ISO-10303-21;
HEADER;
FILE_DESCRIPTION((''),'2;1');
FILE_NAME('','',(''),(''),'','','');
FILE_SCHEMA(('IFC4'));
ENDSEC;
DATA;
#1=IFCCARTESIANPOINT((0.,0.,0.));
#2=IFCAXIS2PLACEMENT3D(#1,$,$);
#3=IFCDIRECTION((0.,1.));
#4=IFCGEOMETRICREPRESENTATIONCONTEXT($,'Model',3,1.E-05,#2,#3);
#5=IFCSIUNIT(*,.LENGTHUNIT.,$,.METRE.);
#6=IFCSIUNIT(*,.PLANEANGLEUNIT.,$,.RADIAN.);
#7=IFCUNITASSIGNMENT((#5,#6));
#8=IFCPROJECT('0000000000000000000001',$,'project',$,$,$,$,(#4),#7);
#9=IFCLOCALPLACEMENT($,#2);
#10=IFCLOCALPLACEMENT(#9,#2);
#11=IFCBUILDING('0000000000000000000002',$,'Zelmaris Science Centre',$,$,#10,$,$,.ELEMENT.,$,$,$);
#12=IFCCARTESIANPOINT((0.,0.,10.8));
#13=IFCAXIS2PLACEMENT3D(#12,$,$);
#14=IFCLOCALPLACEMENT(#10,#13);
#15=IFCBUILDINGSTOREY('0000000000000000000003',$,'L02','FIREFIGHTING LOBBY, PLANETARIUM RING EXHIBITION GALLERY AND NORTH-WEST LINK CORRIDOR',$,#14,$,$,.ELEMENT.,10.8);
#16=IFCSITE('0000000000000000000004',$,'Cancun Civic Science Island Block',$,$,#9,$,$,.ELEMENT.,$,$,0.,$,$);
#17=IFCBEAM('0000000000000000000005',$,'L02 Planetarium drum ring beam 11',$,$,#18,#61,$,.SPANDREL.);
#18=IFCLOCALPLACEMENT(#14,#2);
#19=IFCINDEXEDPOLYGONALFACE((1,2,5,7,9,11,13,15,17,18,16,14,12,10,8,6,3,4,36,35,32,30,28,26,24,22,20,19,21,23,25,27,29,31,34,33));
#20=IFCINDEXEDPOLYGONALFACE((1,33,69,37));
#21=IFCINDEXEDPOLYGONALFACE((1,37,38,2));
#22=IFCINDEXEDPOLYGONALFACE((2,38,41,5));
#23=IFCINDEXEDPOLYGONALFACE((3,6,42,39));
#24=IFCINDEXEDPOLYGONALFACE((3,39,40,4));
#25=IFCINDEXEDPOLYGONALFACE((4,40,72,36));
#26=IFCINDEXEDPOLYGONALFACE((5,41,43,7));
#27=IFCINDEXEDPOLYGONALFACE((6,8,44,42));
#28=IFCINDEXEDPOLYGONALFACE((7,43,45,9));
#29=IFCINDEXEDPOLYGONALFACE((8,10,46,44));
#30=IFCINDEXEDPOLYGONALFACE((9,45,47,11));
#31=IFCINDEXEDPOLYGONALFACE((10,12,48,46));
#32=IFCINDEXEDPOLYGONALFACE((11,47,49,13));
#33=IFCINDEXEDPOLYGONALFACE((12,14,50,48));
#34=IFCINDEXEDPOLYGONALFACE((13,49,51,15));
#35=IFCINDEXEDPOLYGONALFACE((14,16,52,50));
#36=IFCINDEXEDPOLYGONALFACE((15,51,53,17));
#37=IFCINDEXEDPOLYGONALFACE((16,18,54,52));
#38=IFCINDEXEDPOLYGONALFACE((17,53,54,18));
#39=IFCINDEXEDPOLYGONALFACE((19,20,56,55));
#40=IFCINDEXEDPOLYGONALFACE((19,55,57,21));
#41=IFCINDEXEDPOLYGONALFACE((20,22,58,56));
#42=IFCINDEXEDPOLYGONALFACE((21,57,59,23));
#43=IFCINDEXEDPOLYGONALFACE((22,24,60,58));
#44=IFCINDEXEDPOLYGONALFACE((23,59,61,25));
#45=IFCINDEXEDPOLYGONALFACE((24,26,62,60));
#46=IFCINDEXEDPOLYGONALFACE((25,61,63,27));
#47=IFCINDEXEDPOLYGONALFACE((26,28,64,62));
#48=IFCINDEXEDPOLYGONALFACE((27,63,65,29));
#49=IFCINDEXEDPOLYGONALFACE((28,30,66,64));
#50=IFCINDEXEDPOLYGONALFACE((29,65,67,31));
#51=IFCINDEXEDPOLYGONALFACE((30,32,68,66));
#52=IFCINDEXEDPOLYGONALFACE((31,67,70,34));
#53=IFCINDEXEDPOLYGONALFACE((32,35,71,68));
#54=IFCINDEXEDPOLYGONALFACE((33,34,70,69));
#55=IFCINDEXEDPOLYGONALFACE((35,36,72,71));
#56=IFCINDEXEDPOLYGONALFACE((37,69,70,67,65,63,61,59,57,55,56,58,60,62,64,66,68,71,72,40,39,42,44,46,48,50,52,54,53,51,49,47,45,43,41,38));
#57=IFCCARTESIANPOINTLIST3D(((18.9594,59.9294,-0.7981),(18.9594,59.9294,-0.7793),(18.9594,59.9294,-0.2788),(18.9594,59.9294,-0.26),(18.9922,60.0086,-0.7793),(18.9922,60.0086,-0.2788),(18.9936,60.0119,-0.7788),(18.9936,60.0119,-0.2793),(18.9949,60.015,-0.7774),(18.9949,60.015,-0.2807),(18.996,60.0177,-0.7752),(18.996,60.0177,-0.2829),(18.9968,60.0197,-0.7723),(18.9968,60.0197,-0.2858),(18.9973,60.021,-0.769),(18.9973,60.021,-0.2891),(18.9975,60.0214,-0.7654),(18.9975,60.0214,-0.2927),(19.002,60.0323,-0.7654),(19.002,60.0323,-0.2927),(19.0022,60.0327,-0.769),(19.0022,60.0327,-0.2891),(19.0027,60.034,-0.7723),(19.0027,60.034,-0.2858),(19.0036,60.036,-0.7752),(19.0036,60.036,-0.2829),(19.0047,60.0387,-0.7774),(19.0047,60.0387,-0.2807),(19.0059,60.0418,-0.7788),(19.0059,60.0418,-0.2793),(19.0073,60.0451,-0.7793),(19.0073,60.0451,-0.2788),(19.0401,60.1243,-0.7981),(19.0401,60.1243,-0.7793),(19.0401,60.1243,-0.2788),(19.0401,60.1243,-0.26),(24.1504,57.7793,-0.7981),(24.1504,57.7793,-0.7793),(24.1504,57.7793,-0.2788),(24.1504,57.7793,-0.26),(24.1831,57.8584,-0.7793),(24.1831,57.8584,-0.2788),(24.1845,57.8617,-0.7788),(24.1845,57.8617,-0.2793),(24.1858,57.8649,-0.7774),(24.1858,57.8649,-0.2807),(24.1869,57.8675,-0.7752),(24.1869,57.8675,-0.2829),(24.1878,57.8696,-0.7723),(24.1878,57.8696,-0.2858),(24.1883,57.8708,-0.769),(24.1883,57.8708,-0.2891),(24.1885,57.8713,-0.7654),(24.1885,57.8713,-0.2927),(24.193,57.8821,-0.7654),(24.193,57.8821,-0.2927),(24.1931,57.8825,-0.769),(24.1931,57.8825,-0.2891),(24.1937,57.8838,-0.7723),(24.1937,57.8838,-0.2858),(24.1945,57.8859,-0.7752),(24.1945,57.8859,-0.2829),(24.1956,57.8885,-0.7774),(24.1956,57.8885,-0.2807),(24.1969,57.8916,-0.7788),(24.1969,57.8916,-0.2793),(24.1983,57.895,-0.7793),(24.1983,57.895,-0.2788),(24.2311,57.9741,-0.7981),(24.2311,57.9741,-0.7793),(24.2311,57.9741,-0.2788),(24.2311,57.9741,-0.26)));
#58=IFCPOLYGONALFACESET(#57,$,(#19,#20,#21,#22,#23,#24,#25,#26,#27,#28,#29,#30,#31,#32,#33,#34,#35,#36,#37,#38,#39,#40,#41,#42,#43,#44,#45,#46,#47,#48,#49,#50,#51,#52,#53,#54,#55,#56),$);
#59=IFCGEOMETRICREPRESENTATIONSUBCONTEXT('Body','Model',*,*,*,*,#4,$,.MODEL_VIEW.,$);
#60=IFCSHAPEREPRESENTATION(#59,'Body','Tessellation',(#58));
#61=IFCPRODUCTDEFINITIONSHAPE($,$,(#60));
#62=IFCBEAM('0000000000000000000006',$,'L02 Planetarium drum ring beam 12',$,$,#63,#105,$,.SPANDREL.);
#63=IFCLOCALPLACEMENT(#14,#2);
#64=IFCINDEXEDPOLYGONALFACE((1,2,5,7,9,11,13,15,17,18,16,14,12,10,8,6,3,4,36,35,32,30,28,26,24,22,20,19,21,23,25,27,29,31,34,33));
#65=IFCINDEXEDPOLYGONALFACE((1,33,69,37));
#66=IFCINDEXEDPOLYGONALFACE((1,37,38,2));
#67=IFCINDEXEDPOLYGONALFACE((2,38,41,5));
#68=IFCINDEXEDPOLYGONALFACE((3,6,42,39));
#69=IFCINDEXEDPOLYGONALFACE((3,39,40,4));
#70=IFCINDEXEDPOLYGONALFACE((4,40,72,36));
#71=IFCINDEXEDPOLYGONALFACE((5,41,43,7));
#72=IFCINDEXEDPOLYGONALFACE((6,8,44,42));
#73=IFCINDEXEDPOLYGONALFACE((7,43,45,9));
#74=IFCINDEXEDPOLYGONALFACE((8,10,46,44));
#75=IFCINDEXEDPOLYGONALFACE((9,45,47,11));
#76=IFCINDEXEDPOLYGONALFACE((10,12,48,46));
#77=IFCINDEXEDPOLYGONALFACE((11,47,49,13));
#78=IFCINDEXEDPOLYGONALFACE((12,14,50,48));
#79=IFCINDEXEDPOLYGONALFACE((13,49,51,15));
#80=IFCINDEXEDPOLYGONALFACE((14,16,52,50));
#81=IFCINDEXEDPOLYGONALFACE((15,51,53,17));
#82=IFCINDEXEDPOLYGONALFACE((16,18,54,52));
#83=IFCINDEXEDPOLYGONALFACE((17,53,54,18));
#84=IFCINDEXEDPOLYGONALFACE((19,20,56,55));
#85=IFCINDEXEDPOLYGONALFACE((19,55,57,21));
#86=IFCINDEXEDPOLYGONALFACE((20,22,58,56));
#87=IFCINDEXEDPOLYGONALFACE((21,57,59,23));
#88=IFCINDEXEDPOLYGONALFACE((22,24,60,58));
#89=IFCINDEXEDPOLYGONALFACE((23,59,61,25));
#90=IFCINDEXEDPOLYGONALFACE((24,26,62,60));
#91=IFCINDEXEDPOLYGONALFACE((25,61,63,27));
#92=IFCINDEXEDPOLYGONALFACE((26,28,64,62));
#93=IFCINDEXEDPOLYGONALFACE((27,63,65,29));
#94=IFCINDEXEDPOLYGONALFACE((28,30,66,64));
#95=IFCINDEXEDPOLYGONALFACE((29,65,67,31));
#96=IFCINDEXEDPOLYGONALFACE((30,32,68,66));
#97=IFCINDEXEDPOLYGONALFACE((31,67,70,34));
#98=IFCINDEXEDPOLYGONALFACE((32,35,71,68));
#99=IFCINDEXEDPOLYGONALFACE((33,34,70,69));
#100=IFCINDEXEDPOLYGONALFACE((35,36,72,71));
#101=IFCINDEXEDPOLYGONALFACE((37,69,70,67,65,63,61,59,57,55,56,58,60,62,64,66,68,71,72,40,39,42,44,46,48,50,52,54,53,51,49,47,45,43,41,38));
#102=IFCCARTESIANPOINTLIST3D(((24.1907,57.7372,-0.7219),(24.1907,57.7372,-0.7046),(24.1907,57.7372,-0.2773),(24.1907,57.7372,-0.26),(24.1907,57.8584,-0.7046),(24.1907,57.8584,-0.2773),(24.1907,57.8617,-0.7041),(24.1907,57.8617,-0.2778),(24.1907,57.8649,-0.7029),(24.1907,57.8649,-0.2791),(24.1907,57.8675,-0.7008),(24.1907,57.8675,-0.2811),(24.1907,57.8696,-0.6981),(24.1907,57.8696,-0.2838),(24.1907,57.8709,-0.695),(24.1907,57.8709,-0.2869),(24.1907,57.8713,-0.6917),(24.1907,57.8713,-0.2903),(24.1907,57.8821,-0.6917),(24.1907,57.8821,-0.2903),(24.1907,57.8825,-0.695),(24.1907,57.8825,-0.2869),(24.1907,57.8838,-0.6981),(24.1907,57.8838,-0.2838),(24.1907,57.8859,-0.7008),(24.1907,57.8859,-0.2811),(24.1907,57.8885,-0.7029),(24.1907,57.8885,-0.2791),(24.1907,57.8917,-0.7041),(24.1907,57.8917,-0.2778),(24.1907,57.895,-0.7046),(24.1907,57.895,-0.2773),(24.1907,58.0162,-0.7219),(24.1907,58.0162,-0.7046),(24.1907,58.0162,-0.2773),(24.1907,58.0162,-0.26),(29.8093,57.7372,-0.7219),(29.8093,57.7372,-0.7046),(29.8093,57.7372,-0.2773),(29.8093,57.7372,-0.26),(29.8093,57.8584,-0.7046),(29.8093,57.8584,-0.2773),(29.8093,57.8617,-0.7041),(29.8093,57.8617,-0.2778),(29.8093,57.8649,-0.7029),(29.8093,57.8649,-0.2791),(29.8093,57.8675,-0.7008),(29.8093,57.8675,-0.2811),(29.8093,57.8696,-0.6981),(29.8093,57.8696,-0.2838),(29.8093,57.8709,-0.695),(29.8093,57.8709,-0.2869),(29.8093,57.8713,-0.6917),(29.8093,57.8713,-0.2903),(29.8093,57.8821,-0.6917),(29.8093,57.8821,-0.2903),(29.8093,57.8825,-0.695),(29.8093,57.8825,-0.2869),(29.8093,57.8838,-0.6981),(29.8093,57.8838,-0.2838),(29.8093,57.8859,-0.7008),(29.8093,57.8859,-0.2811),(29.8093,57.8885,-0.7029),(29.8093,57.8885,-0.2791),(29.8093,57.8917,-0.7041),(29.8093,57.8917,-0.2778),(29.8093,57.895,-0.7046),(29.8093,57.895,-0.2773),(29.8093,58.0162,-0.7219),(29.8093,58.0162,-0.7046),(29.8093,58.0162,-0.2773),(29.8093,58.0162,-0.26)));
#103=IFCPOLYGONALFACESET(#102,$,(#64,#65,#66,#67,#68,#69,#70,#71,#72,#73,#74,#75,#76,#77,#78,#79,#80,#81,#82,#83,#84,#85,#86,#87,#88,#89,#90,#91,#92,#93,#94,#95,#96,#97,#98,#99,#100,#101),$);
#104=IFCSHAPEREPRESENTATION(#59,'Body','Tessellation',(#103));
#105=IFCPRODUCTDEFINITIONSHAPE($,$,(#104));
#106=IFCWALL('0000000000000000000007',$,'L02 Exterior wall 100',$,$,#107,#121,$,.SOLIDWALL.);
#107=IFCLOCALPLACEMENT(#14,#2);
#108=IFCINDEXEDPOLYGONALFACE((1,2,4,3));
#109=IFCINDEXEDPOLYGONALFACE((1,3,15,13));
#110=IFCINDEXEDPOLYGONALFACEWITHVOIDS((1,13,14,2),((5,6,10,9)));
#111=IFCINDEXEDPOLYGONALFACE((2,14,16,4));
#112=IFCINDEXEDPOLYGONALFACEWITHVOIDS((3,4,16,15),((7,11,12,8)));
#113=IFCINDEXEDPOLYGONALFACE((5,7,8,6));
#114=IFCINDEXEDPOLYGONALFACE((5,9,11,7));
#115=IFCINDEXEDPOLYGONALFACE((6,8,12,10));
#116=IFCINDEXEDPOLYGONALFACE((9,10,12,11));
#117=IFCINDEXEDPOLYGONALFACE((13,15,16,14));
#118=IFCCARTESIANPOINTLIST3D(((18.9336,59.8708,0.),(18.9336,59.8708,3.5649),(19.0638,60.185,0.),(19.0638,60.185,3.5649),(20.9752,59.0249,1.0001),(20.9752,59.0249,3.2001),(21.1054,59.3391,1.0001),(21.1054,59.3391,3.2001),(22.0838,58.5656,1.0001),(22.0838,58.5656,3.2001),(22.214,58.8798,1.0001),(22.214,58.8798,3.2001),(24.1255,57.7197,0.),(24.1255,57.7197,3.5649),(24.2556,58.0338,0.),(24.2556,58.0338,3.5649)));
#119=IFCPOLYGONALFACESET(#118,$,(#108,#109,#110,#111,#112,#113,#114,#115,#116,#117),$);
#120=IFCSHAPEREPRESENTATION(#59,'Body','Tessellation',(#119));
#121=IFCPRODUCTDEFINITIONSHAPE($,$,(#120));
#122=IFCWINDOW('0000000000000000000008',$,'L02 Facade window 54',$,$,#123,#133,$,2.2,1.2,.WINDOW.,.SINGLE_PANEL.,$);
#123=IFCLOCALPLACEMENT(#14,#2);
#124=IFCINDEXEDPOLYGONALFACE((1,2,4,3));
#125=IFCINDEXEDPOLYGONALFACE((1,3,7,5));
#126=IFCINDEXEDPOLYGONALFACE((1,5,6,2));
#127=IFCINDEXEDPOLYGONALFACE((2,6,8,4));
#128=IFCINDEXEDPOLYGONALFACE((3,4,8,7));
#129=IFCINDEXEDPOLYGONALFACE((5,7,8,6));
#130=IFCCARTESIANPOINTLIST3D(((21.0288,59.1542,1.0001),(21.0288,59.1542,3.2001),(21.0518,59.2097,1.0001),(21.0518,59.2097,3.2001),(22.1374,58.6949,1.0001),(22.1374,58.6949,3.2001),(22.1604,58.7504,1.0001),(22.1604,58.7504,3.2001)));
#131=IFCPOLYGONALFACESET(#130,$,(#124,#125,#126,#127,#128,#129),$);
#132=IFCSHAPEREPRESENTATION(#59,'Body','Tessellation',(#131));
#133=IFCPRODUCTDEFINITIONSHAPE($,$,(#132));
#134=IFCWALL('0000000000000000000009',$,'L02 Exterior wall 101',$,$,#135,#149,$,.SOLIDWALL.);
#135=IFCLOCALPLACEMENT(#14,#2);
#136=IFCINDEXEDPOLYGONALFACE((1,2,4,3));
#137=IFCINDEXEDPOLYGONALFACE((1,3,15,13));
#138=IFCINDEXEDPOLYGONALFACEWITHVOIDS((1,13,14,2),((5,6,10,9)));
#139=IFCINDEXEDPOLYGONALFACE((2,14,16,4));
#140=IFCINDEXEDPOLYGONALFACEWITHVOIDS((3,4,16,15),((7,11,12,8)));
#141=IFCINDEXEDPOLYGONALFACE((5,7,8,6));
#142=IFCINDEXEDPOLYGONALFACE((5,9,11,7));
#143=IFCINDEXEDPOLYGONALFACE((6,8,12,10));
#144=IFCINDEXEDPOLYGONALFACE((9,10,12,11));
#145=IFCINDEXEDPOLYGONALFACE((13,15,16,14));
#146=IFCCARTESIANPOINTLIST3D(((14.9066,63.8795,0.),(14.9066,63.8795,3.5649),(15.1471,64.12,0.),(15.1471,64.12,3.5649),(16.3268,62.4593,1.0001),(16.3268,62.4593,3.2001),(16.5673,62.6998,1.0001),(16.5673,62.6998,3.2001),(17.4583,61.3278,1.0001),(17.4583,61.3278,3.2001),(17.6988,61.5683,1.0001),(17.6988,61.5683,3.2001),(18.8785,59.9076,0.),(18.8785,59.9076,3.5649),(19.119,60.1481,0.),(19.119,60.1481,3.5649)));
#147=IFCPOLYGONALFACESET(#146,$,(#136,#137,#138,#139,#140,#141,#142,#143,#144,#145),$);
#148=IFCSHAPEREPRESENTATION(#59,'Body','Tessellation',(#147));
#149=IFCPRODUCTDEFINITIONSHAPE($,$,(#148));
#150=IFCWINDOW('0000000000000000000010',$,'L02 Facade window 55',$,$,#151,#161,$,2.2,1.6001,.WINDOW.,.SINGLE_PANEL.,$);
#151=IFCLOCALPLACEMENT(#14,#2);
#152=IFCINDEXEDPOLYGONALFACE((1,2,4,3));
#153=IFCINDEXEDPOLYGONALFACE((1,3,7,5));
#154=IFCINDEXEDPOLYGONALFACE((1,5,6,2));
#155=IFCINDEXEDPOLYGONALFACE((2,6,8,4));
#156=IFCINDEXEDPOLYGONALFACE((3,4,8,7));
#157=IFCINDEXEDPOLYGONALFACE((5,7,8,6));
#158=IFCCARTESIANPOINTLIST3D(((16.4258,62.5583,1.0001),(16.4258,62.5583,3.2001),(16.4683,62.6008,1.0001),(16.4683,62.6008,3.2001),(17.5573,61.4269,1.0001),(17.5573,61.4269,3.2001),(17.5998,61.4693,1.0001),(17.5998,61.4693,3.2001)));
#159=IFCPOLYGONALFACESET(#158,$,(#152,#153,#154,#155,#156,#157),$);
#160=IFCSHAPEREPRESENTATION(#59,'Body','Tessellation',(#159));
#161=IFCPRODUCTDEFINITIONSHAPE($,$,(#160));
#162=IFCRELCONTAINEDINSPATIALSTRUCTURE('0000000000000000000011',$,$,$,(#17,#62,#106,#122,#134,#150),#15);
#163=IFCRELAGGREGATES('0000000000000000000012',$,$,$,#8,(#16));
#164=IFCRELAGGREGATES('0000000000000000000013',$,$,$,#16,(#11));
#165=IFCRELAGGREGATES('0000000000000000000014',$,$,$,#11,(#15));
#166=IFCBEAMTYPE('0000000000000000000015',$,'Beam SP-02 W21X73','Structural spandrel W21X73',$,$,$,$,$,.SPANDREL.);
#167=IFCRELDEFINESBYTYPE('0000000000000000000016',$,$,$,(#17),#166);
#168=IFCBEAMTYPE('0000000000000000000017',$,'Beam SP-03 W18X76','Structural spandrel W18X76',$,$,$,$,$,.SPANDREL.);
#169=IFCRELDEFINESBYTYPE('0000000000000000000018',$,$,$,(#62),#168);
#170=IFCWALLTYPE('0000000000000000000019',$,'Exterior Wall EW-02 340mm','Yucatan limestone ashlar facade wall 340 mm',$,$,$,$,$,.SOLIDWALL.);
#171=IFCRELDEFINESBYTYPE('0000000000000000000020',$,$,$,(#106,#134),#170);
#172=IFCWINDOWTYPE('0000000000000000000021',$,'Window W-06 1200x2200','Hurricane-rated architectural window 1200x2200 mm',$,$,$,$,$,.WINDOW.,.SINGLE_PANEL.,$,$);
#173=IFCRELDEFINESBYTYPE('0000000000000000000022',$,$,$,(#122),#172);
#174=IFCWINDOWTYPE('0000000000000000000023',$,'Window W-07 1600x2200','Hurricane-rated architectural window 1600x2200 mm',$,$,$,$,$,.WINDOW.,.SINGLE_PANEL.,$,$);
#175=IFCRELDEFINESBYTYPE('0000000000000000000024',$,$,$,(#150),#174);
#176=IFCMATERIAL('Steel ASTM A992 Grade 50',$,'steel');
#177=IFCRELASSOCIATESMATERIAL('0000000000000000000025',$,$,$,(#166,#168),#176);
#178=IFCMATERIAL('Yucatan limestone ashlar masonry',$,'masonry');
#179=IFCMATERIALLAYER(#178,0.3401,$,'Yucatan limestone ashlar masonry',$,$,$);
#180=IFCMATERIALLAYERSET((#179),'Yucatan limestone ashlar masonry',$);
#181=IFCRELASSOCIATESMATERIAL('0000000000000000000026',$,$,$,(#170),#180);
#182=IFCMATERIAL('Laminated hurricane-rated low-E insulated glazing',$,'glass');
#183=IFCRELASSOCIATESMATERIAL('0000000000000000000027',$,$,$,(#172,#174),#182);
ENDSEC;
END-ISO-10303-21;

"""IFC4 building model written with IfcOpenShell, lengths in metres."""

from ifc_helpers import new_model, si_unit, direction, frame, frame_2d, origin, origin_2d, place, context, subcontext, project, spatial, rectangle, i_section, extrude, material, layer, layer_set, material_profile, profile_set, type_object, element, fill, save


model = new_model("IFC4")

# Units and contexts
model_context = context("Model", 3, precision=1e-05, world=origin(), true_north=direction((0.0, 1.0)))
body_context = subcontext(model_context, "Body", "Model", "MODEL_VIEW")
ifc_project = project(units=[si_unit("LENGTHUNIT", "METRE"), si_unit("PLANEANGLEUNIT", "RADIAN")], contexts=[model_context])

# Site, building, storey
site_placement = place(None, origin())
site = spatial("IfcSite", under=ifc_project, at=site_placement, Name="Cancun Civic Science Island Block", CompositionType="ELEMENT", RefElevation=0.0)
building_placement = place(site_placement, origin())
building = spatial("IfcBuilding", under=site, at=building_placement, Name="Zelmaris Science Centre", CompositionType="ELEMENT")
storey_placement = place(building_placement, frame((0.0, 0.0, 10.8)))
storey = spatial("IfcBuildingStorey", under=building, at=storey_placement, Name="L02", Description="FIREFIGHTING LOBBY, PLANETARIUM RING EXHIBITION GALLERY AND NORTH-WEST LINK CORRIDOR", CompositionType="ELEMENT", Elevation=10.8)

# Beams
ifc_material_1 = material(Name="Steel ASTM A992 Grade 50", Category="steel")
ifc_material_profile_1 = material_profile(ifc_material_1, i_section(OverallWidth=0.2109, OverallDepth=0.5381, WebThickness=0.0117, FlangeThickness=0.0188, FilletRadius=0.0139, at=origin_2d()), Name="W21X73")
ifc_profile_set_1 = profile_set([ifc_material_profile_1], Name="Steel ASTM A992 Grade 50")
beam_type_1 = type_object("IfcBeamType", Name="Beam SP-02 W21X73", Description="Structural spandrel W21X73", PredefinedType="SPANDREL", material=ifc_profile_set_1)
beam_1_placement = place(storey_placement, frame((18.9998, 60.0269, -0.5291), z_axis=(0.92388, -0.382683, 0.0), x_axis=(0.382683, 0.92388, 0.0)))
element("IfcBeam", 1, at=beam_1_placement, inside=storey, type_object=beam_type_1, Name="L02 Planetarium drum ring beam 11", PredefinedType="SPANDREL", context=body_context, shape_type="SweptSolid", body=[
    extrude(i_section(OverallWidth=0.2109, OverallDepth=0.5381, WebThickness=0.0117, FlangeThickness=0.0188, FilletRadius=0.0139, at=origin_2d()), origin(), (0.0, 0.0, 1.0), 5.6187),
])
ifc_material_profile_2 = material_profile(ifc_material_1, i_section(OverallWidth=0.2791, OverallDepth=0.4619, WebThickness=0.0107, FlangeThickness=0.0173, FilletRadius=0.0129, at=origin_2d()), Name="W18X76")
ifc_profile_set_2 = profile_set([ifc_material_profile_2], Name="Steel ASTM A992 Grade 50")
beam_type_2 = type_object("IfcBeamType", Name="Beam SP-03 W18X76", Description="Structural spandrel W18X76", PredefinedType="SPANDREL", material=ifc_profile_set_2)
beam_2_placement = place(storey_placement, frame((24.1907, 57.8767, -0.491), z_axis=(1.0, 0.0, 0.0), x_axis=(0.0, 1.0, 0.0)))
element("IfcBeam", 2, at=beam_2_placement, inside=storey, type_object=beam_type_2, Name="L02 Planetarium drum ring beam 12", PredefinedType="SPANDREL", context=body_context, shape_type="SweptSolid", body=[
    extrude(i_section(OverallWidth=0.2791, OverallDepth=0.4619, WebThickness=0.0107, FlangeThickness=0.0173, FilletRadius=0.0129, at=origin_2d()), origin(), (0.0, 0.0, 1.0), 5.6187),
])

# Walls, openings, windows
ifc_material_2 = material(Name="Yucatan limestone ashlar masonry", Category="masonry")
ifc_layer = layer(ifc_material_2, 0.3401, Name="Yucatan limestone ashlar masonry")
ifc_layer_set = layer_set([ifc_layer], Name="Yucatan limestone ashlar masonry")
wall_type = type_object("IfcWallType", Name="Exterior Wall EW-02 340mm", Description="Yucatan limestone ashlar facade wall 340 mm", PredefinedType="SOLIDWALL", material=ifc_layer_set)
wall_1_placement = place(storey_placement, frame((24.1907, 57.8767, 0.0), z_axis=(0.0, 0.0, 1.0), x_axis=(-0.923844, 0.38277, 0.0)))
wall_1 = element("IfcWall", 3, at=wall_1_placement, inside=storey, type_object=wall_type, Name="L02 Exterior wall 100", PredefinedType="SOLIDWALL", context=body_context, shape_type="SweptSolid", body=[
    extrude(rectangle(XDim=5.6199, YDim=0.3401, at=frame_2d((2.8101, 0.0))), origin(), (0.0, 0.0, 1.0), 3.5649),
])
opening_1_placement = place(wall_1_placement, frame((2.21, 0.0, 1.0)))
opening_1 = element("IfcOpeningElement", 4, at=opening_1_placement, cuts=wall_1, PredefinedType="OPENING", context=body_context, shape_type="SweptSolid", body=[
    extrude(rectangle(XDim=1.2, YDim=2.2, at=frame_2d((0.6001, 1.1001))), frame((0.0, 0.1799, 0.0), z_axis=(0.0, -1.0, 0.0), x_axis=(1.0, 0.0, 0.0)), (0.0, 0.0, 1.0), 0.3601),
])
ifc_material_3 = material(Name="Laminated hurricane-rated low-E insulated glazing", Category="glass")
window_type_1 = type_object("IfcWindowType", Name="Window W-06 1200x2200", Description="Hurricane-rated architectural window 1200x2200 mm", PartitioningType="SINGLE_PANEL", PredefinedType="WINDOW", material=ifc_material_3)
window_1_placement = place(opening_1_placement, origin())
window_1 = element("IfcWindow", 5, at=window_1_placement, inside=storey, type_object=window_type_1, Name="L02 Facade window 54", OverallHeight=2.2, OverallWidth=1.2, PartitioningType="SINGLE_PANEL", PredefinedType="WINDOW", context=body_context, shape_type="SweptSolid", body=[
    extrude(rectangle(XDim=1.2, YDim=2.2, at=frame_2d((0.6001, 1.1001))), frame((0.0, 0.03, 0.0), z_axis=(0.0, -1.0, 0.0), x_axis=(1.0, 0.0, 0.0)), (0.0, 0.0, 1.0), 0.0601),
])
fill(opening_1, window_1)
wall_2_placement = place(storey_placement, frame((18.9988, 60.0278, 0.0), z_axis=(0.0, 0.0, 1.0), x_axis=(-0.707107, 0.707107, 0.0)))
wall_2 = element("IfcWall", 6, at=wall_2_placement, inside=storey, type_object=wall_type, Name="L02 Exterior wall 101", PredefinedType="SOLIDWALL", context=body_context, shape_type="SweptSolid", body=[
    extrude(rectangle(XDim=5.6172, YDim=0.3401, at=frame_2d((2.8086, 0.0))), origin(), (0.0, 0.0, 1.0), 3.5649),
])
opening_2_placement = place(wall_2_placement, frame((2.0085, 0.0, 1.0)))
opening_2 = element("IfcOpeningElement", 7, at=opening_2_placement, cuts=wall_2, PredefinedType="OPENING", context=body_context, shape_type="SweptSolid", body=[
    extrude(rectangle(XDim=1.6001, YDim=2.2, at=frame_2d((0.8, 1.1001))), frame((0.0, 0.1799, 0.0), z_axis=(0.0, -1.0, 0.0), x_axis=(1.0, 0.0, 0.0)), (0.0, 0.0, 1.0), 0.3601),
])
window_type_2 = type_object("IfcWindowType", Name="Window W-07 1600x2200", Description="Hurricane-rated architectural window 1600x2200 mm", PartitioningType="SINGLE_PANEL", PredefinedType="WINDOW", material=ifc_material_3)
window_2_placement = place(opening_2_placement, origin())
window_2 = element("IfcWindow", 8, at=window_2_placement, inside=storey, type_object=window_type_2, Name="L02 Facade window 55", OverallHeight=2.2, OverallWidth=1.6001, PartitioningType="SINGLE_PANEL", PredefinedType="WINDOW", context=body_context, shape_type="SweptSolid", body=[
    extrude(rectangle(XDim=1.6001, YDim=2.2, at=frame_2d((0.8, 1.1001))), frame((0.0, 0.03, 0.0), z_axis=(0.0, -1.0, 0.0), x_axis=(1.0, 0.0, 0.0)), (0.0, 0.0, 1.0), 0.0601),
])
fill(opening_2, window_2)

save(model, "model.ifc")
